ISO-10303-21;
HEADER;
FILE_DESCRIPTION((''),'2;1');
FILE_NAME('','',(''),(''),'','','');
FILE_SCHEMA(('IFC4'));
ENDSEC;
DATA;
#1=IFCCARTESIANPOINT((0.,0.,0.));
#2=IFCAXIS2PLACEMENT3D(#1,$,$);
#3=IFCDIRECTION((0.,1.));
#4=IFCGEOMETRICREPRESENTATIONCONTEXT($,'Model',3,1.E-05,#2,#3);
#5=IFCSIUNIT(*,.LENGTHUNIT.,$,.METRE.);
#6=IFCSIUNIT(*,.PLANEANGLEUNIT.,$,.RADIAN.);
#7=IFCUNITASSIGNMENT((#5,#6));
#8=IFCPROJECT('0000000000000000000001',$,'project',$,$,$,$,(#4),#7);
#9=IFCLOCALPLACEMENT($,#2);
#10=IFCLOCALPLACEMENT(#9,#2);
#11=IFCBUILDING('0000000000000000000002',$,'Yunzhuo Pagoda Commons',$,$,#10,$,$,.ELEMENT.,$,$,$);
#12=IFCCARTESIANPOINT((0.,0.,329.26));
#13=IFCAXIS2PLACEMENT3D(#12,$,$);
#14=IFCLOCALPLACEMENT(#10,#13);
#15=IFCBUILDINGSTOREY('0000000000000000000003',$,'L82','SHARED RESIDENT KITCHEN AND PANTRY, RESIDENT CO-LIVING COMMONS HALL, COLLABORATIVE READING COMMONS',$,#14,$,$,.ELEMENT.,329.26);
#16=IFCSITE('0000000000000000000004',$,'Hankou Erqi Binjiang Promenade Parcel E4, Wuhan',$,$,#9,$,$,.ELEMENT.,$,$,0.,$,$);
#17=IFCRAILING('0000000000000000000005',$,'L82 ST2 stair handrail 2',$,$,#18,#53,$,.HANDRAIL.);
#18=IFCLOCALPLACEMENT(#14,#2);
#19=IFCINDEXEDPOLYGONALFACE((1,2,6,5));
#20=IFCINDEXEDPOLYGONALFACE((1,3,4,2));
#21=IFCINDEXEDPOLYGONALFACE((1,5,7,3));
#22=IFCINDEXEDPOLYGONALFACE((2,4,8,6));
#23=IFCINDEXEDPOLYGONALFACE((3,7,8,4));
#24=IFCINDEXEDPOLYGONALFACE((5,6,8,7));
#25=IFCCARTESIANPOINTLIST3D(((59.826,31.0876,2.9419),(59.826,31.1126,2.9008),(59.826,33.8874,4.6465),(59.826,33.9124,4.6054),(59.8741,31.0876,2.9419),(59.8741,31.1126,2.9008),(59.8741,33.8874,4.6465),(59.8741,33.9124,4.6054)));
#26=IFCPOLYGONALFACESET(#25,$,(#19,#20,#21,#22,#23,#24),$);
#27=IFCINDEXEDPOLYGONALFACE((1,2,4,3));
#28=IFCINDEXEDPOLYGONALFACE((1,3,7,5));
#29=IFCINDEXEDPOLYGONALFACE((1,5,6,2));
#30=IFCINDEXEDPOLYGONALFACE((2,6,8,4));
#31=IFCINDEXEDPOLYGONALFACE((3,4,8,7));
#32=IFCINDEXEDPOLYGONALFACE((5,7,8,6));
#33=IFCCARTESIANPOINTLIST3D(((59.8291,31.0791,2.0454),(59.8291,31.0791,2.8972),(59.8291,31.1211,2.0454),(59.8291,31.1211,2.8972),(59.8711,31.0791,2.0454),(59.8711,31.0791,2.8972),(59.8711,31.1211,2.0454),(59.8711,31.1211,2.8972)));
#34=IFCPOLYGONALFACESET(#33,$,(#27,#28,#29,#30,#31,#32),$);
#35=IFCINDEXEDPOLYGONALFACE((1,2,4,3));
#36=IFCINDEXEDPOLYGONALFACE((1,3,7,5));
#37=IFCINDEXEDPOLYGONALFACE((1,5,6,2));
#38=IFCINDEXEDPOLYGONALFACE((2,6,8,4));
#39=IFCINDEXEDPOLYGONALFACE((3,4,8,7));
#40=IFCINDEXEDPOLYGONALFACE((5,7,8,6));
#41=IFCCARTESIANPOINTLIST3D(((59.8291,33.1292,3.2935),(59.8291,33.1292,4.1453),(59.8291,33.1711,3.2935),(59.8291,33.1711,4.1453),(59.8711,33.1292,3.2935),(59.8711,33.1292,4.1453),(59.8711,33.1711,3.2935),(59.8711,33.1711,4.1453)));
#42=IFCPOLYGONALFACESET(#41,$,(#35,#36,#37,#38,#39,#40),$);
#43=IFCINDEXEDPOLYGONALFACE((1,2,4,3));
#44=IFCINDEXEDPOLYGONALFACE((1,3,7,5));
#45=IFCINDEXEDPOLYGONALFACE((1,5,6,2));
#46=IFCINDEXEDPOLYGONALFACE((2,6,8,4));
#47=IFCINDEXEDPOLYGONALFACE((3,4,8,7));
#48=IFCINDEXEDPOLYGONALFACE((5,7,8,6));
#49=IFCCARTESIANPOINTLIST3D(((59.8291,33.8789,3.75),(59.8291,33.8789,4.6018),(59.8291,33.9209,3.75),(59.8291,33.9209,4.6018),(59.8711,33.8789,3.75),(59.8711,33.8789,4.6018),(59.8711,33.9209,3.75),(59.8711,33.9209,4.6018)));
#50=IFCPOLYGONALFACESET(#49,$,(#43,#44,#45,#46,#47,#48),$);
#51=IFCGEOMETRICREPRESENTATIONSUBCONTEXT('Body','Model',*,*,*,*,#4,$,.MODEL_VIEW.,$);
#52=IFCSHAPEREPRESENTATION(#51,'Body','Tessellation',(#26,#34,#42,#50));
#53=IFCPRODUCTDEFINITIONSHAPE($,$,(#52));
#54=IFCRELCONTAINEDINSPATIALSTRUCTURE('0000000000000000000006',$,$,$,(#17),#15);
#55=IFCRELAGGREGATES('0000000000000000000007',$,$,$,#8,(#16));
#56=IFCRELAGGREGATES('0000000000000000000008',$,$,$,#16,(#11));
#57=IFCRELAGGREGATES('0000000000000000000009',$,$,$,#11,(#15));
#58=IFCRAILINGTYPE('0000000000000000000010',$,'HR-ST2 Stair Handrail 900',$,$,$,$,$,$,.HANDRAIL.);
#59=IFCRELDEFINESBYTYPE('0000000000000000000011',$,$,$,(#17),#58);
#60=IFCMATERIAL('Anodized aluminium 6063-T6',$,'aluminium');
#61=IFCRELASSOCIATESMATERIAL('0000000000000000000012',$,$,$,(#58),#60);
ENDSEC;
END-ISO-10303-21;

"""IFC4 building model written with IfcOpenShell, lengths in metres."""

from ifc_helpers import new_model, si_unit, direction, frame, origin, origin_2d, place, context, subcontext, project, spatial, rectangle, extrude, material, type_object, element, save


model = new_model("IFC4")

# Units and contexts
model_context = context("Model", 3, precision=1e-05, world=origin(), true_north=direction((0.0, 1.0)))
body_context = subcontext(model_context, "Body", "Model", "MODEL_VIEW")
ifc_project = project(units=[si_unit("LENGTHUNIT", "METRE"), si_unit("PLANEANGLEUNIT", "RADIAN")], contexts=[model_context])

# Site, building, storey
site_placement = place(None, origin())
site = spatial("IfcSite", under=ifc_project, at=site_placement, Name="Hankou Erqi Binjiang Promenade Parcel E4, Wuhan", CompositionType="ELEMENT", RefElevation=0.0)
building_placement = place(site_placement, origin())
building = spatial("IfcBuilding", under=site, at=building_placement, Name="Yunzhuo Pagoda Commons", CompositionType="ELEMENT")
storey_placement = place(building_placement, frame((0.0, 0.0, 329.26)))
storey = spatial("IfcBuildingStorey", under=building, at=storey_placement, Name="L82", Description="SHARED RESIDENT KITCHEN AND PANTRY, RESIDENT CO-LIVING COMMONS HALL, COLLABORATIVE READING COMMONS", CompositionType="ELEMENT", Elevation=329.26)

# Shared definitions
ifc_material_1 = material(Name="Anodized aluminium 6063-T6", Category="aluminium")

# Railing
railing_type_1 = type_object("IfcRailingType", Name="HR-ST2 Stair Handrail 900", PredefinedType="HANDRAIL", material=ifc_material_1)
railing_1_placement = place(storey_placement, frame((59.8501, 31.1001, 2.0454)))
element("IfcRailing", 1, at=railing_1_placement, inside=storey, type_object=railing_type_1, Name="L82 ST2 stair handrail 2", PredefinedType="HANDRAIL", context=body_context, shape_type="SweptSolid", body=[
    extrude(rectangle(XDim=0.0481, YDim=0.0481, at=origin_2d()), frame((0.0, 0.0, 0.876), z_axis=(0.0, 0.85415, 0.520027), x_axis=(-1.0, 0.0, 0.0)), (0.0, 0.0, 1.0), 3.2778),
    extrude(rectangle(XDim=0.042, YDim=0.042, at=origin_2d()), origin(), (0.0, 0.0, 1.0), 0.8518),
    extrude(rectangle(XDim=0.042, YDim=0.042, at=origin_2d()), frame((0.0, 2.05, 1.248)), (0.0, 0.0, 1.0), 0.8518),
    extrude(rectangle(XDim=0.042, YDim=0.042, at=origin_2d()), frame((0.0, 2.7998, 1.7046)), (0.0, 0.0, 1.0), 0.8518),
])

save(model, "model.ifc")
